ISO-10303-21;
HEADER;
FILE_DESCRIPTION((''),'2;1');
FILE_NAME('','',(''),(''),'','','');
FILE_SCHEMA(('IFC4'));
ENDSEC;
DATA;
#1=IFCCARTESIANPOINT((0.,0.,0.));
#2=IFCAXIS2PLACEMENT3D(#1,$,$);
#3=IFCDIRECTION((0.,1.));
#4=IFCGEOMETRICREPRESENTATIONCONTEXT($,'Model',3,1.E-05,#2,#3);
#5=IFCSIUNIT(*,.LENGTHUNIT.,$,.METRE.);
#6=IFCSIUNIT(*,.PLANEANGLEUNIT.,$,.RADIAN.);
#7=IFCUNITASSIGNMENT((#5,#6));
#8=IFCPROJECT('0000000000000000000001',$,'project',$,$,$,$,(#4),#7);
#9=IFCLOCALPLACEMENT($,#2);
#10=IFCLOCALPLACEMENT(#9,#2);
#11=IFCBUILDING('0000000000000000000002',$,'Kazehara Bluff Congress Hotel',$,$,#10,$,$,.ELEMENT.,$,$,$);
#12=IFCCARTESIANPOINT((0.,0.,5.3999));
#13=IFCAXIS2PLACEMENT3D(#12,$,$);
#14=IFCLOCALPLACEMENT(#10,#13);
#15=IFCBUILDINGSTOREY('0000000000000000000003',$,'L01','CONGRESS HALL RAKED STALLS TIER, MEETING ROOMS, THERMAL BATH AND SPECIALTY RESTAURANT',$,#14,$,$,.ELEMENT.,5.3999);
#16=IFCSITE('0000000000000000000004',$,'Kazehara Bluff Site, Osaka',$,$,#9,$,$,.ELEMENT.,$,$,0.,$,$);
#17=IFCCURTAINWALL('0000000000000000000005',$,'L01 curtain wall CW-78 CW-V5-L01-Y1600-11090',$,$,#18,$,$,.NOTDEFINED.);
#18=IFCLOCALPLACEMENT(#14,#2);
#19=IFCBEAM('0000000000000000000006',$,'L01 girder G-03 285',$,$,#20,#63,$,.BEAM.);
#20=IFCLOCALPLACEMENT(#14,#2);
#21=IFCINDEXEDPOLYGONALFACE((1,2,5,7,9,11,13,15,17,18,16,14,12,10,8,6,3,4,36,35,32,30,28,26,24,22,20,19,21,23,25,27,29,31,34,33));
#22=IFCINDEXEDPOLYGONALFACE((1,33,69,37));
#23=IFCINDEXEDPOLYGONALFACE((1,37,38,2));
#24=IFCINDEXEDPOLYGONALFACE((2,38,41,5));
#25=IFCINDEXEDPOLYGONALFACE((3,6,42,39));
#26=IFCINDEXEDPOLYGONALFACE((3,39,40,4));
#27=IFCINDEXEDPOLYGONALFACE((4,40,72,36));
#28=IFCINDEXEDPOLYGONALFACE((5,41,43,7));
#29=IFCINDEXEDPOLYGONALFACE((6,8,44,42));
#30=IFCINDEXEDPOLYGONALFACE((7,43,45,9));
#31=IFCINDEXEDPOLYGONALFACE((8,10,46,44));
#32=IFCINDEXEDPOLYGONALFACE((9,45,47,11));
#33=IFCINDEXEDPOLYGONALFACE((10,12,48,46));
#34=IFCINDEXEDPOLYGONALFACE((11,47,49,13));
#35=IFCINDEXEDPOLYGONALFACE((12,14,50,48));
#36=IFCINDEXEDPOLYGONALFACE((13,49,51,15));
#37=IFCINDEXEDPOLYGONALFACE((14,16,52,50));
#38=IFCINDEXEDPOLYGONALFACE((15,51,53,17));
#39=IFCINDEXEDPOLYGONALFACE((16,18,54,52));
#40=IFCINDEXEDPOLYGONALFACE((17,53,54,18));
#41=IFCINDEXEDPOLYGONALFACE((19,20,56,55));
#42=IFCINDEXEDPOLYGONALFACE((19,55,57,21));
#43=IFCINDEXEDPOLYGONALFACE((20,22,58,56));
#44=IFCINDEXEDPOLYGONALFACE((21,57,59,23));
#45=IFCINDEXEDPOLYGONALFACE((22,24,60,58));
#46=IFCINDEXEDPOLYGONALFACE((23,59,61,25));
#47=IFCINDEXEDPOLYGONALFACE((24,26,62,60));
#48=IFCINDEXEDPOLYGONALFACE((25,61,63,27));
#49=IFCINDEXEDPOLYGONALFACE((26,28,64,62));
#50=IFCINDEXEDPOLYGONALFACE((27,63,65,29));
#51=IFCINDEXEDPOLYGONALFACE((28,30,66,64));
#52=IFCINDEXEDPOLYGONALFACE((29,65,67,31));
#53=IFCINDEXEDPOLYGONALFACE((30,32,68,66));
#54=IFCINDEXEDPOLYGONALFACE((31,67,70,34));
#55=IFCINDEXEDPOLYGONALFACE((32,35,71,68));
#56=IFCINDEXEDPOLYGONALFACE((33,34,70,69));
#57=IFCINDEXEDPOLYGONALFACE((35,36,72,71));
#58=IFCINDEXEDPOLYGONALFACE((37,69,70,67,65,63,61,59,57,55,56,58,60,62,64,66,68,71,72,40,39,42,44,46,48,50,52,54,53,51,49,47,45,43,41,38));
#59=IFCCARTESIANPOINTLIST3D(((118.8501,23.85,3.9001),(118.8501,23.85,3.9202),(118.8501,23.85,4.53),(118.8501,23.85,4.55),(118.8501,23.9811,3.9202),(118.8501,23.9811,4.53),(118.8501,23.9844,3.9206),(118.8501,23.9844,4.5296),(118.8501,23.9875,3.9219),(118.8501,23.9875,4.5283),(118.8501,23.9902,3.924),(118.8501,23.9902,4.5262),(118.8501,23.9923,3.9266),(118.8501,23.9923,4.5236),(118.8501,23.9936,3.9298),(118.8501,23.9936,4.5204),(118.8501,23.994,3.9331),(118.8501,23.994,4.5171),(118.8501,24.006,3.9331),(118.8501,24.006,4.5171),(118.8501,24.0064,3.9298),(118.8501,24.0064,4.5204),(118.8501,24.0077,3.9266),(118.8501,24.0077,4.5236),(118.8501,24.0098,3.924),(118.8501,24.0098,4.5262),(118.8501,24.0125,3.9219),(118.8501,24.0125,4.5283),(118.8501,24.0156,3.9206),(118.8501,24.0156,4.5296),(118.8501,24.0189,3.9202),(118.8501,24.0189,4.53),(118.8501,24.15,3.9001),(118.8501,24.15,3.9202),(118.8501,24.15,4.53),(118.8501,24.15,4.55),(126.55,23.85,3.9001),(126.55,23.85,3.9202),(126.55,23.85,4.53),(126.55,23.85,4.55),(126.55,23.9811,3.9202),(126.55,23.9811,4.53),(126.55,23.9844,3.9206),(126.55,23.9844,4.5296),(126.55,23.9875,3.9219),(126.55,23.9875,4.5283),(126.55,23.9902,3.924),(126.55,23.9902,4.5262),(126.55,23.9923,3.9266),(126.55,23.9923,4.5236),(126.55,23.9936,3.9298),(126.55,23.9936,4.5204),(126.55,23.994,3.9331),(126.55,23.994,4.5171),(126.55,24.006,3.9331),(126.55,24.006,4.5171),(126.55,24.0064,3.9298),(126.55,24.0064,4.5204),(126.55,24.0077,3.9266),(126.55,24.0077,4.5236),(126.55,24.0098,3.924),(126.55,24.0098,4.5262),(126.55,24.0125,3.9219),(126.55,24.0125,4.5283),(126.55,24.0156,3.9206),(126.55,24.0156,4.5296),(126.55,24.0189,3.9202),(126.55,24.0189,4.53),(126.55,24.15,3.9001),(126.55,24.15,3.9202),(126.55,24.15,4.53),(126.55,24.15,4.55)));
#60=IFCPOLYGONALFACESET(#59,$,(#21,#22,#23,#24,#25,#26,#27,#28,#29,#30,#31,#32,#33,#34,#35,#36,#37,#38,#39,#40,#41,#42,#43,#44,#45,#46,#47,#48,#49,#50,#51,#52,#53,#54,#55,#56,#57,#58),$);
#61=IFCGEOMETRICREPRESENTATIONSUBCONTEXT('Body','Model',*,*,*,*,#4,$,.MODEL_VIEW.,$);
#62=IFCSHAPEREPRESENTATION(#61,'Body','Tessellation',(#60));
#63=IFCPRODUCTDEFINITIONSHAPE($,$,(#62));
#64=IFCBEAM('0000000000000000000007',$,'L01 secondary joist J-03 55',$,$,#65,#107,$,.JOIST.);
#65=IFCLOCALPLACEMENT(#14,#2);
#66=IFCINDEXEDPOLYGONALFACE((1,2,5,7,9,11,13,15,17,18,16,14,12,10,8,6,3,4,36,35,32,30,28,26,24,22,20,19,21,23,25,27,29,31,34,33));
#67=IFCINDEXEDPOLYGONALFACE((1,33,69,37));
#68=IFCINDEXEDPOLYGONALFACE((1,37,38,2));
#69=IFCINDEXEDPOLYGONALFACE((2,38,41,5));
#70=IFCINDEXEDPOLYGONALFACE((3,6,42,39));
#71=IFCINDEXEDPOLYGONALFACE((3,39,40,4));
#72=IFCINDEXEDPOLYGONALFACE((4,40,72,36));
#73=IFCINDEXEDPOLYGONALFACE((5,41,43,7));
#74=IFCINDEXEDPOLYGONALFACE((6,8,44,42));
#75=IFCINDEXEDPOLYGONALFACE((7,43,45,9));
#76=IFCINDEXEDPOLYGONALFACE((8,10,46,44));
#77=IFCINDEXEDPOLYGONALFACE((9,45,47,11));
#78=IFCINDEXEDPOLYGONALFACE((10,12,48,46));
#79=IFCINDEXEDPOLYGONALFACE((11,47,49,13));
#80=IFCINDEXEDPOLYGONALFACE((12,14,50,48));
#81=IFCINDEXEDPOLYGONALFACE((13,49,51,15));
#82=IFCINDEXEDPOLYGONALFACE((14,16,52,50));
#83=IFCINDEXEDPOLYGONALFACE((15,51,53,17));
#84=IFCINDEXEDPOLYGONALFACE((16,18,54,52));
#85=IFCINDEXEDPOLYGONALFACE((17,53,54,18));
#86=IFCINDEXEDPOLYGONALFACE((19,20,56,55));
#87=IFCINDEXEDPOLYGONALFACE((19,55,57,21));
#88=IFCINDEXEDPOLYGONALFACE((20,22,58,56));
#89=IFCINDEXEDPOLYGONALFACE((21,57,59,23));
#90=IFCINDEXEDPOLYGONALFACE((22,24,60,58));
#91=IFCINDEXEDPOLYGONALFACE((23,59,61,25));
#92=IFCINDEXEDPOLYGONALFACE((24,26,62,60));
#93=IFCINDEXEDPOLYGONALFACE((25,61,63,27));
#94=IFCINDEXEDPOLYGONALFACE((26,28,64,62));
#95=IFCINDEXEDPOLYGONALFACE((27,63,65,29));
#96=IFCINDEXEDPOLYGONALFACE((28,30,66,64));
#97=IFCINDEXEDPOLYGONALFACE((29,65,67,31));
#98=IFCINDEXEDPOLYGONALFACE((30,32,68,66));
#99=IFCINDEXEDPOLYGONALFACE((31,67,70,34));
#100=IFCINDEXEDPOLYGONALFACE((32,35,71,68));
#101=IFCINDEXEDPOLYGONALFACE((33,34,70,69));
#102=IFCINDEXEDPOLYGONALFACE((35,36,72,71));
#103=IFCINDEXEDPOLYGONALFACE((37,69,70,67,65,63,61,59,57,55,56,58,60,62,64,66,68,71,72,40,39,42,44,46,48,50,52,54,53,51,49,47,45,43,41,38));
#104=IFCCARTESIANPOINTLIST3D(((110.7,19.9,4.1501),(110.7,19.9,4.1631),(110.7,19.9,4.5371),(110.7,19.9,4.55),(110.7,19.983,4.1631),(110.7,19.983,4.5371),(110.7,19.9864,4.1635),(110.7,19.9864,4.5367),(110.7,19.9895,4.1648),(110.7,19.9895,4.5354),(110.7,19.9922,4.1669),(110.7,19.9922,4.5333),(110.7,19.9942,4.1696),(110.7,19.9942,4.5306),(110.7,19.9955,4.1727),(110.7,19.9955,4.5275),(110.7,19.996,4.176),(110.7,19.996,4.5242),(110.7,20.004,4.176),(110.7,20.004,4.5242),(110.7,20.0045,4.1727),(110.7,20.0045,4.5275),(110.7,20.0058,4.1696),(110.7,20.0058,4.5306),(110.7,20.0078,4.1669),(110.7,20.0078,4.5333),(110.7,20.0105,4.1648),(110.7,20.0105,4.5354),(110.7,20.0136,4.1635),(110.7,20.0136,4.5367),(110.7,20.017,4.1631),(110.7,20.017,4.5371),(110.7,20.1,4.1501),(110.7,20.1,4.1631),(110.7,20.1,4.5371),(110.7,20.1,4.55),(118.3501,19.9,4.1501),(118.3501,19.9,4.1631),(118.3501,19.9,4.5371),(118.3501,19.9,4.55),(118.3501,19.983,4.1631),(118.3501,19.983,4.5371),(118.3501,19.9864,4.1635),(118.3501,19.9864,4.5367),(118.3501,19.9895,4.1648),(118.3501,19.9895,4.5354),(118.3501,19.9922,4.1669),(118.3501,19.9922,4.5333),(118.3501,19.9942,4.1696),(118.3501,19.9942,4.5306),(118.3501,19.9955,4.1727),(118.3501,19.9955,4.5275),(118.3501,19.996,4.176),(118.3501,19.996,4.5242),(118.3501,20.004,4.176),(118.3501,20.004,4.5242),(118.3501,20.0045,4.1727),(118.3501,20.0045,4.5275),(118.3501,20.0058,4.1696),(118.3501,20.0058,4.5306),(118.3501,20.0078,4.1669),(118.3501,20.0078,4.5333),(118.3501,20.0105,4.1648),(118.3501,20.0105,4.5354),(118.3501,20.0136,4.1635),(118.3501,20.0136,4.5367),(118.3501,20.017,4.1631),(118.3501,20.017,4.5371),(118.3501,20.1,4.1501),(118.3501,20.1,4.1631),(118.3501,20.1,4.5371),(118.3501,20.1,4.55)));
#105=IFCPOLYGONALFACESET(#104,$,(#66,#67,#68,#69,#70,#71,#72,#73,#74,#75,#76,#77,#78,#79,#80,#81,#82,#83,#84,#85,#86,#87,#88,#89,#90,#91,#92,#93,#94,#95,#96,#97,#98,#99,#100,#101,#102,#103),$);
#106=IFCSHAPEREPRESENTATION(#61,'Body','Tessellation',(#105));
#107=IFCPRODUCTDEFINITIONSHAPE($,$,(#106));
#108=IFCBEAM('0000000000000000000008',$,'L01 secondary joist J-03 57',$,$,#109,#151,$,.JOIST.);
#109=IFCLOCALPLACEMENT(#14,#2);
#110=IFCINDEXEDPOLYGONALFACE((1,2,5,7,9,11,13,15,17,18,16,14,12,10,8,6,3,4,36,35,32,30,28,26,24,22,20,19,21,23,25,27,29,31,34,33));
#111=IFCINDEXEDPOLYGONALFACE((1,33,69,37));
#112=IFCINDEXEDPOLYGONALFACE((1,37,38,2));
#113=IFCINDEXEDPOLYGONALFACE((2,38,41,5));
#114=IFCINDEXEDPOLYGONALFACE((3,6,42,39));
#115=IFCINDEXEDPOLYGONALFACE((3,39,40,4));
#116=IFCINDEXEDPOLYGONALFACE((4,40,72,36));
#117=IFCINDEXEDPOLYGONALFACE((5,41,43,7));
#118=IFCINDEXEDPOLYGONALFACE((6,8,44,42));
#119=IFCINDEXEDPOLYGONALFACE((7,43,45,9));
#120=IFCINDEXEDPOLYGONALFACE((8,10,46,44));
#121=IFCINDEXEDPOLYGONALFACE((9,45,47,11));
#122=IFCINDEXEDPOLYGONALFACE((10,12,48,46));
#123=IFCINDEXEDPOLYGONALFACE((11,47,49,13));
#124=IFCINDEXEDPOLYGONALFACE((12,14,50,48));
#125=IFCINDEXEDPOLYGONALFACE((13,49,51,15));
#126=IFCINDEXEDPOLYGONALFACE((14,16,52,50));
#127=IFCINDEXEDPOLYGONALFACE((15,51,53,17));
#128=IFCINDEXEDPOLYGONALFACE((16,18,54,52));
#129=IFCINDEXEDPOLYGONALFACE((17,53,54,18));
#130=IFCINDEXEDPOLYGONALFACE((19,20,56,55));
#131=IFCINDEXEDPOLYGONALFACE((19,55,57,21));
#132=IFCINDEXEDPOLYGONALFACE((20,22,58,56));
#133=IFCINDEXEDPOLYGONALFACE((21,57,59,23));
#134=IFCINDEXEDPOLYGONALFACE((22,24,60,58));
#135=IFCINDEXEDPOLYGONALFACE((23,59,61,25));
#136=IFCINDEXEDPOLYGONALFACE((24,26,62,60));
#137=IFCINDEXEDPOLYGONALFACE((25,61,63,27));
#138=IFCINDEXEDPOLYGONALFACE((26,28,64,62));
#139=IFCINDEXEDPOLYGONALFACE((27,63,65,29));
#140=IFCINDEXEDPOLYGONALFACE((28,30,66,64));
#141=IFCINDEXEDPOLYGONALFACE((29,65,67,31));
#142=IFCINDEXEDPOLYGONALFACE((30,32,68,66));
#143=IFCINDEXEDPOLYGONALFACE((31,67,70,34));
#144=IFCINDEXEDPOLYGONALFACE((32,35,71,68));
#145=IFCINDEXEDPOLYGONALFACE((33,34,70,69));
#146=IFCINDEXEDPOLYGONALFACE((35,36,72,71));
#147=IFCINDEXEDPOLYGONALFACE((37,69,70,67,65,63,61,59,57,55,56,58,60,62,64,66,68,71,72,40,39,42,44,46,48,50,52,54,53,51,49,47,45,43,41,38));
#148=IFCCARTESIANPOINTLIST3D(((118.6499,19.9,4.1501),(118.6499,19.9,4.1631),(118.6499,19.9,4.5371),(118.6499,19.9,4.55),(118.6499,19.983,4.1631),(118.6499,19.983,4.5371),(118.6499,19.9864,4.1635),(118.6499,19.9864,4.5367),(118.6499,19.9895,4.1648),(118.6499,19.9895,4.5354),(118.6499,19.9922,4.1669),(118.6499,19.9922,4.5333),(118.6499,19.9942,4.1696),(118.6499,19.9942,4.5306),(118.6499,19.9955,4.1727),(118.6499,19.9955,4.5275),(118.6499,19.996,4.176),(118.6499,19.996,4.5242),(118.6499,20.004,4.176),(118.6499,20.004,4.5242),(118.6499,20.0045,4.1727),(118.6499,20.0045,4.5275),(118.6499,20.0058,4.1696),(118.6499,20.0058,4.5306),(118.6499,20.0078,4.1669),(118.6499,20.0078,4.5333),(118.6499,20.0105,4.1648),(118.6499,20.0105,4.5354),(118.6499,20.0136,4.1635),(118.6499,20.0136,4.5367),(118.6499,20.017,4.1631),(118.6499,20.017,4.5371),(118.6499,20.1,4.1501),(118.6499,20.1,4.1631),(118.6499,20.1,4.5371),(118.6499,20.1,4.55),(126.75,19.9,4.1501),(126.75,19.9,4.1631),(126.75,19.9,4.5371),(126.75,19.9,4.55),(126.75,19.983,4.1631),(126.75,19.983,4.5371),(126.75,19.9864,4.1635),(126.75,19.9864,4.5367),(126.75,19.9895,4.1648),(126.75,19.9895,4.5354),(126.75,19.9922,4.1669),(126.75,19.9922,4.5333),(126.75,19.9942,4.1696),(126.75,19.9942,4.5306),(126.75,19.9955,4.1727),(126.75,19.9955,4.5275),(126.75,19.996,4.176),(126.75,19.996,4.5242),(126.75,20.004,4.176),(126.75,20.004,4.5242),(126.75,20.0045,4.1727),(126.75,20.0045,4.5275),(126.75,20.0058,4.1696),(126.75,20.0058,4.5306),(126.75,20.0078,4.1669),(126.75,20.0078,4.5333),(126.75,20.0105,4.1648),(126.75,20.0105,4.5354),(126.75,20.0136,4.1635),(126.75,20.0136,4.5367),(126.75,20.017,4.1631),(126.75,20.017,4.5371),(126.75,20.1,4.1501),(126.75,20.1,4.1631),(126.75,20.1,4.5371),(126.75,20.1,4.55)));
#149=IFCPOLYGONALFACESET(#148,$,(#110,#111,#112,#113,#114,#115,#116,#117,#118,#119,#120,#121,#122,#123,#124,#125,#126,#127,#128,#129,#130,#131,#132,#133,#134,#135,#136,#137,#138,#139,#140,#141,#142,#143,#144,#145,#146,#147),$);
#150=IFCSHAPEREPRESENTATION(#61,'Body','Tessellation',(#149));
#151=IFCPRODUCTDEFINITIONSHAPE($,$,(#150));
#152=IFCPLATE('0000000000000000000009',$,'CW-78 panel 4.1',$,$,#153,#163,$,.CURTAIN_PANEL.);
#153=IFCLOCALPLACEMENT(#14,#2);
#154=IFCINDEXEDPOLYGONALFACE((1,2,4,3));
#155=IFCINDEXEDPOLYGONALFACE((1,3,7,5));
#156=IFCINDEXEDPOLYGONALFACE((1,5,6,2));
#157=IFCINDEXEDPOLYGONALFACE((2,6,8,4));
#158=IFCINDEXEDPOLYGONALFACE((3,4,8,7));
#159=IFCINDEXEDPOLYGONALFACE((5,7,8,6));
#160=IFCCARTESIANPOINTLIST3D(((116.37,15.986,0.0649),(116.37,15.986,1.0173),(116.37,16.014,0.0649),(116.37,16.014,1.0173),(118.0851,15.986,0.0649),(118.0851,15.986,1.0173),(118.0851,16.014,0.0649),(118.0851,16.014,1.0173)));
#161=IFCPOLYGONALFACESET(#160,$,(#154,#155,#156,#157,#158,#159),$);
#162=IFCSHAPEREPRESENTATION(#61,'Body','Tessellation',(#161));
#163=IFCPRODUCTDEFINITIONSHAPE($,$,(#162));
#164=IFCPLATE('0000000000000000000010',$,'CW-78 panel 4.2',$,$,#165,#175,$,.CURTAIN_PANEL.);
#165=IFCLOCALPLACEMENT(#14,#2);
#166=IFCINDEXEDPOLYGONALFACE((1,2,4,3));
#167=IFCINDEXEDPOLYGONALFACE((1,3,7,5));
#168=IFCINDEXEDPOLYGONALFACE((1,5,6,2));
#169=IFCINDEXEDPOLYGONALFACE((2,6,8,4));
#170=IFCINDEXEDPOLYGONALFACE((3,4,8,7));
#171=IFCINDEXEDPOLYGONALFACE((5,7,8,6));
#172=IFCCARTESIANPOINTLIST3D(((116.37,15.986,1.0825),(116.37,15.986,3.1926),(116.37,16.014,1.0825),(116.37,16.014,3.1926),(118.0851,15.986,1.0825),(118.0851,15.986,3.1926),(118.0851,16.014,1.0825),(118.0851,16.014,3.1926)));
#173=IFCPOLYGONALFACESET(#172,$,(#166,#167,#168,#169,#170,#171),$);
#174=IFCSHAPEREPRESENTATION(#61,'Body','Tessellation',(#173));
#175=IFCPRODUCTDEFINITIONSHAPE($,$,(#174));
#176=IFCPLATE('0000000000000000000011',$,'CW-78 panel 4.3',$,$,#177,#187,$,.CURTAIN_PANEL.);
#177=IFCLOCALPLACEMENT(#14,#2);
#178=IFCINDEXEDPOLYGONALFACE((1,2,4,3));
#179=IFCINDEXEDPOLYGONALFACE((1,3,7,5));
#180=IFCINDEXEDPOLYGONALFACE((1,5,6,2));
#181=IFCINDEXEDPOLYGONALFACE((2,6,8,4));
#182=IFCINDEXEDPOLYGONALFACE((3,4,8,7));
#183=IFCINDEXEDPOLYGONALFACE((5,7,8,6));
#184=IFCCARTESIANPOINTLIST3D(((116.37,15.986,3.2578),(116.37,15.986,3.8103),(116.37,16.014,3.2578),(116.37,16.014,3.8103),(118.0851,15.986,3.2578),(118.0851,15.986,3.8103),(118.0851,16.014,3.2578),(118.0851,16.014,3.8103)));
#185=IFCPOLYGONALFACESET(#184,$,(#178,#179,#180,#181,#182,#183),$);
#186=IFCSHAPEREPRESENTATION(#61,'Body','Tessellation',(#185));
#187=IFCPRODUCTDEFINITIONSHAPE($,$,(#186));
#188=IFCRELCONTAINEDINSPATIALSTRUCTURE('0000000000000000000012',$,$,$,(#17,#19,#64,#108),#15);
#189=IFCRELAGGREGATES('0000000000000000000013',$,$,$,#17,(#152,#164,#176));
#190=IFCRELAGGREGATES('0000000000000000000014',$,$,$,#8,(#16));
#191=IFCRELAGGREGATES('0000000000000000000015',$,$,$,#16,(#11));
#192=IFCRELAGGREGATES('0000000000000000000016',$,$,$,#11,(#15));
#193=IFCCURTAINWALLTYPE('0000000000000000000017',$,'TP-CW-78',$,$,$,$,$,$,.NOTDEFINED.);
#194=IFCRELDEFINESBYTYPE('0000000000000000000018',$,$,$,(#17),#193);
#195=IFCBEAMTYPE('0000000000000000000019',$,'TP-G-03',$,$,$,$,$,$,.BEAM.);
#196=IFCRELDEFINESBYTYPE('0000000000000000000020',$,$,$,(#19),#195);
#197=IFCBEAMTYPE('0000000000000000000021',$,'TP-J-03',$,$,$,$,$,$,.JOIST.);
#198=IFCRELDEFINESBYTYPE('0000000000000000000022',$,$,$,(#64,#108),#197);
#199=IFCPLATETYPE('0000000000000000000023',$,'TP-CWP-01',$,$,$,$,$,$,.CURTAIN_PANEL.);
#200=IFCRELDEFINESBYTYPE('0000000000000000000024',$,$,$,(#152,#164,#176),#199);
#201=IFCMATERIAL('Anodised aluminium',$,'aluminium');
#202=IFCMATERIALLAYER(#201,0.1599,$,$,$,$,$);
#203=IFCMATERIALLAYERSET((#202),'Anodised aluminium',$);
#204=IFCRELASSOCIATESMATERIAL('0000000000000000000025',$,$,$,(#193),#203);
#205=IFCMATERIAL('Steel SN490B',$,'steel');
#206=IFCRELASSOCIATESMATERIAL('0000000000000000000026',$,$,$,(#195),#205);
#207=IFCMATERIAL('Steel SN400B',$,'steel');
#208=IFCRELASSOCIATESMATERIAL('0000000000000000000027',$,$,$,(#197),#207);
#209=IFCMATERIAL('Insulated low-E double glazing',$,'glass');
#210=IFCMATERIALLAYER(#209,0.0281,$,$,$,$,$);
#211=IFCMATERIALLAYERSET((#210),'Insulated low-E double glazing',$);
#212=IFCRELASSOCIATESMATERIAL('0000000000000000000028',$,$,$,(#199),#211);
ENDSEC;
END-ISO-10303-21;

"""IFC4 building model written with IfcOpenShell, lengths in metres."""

from ifc_helpers import new_model, si_unit, direction, frame, origin, origin_2d, place, context, subcontext, project, spatial, rectangle, i_section, extrude, material, layer, layer_set, material_profile, profile_set, type_object, element, aggregate, save


model = new_model("IFC4")

# Units and contexts
model_context = context("Model", 3, precision=1e-05, world=origin(), true_north=direction((0.0, 1.0)))
body_context = subcontext(model_context, "Body", "Model", "MODEL_VIEW")
ifc_project = project(units=[si_unit("LENGTHUNIT", "METRE"), si_unit("PLANEANGLEUNIT", "RADIAN")], contexts=[model_context])

# Site, building, storey
site_placement = place(None, origin())
site = spatial("IfcSite", under=ifc_project, at=site_placement, Name="Kazehara Bluff Site, Osaka", CompositionType="ELEMENT", RefElevation=0.0)
building_placement = place(site_placement, origin())
building = spatial("IfcBuilding", under=site, at=building_placement, Name="Kazehara Bluff Congress Hotel", CompositionType="ELEMENT")
storey_placement = place(building_placement, frame((0.0, 0.0, 5.3999)))
storey = spatial("IfcBuildingStorey", under=building, at=storey_placement, Name="L01", Description="CONGRESS HALL RAKED STALLS TIER, MEETING ROOMS, THERMAL BATH AND SPECIALTY RESTAURANT", CompositionType="ELEMENT", Elevation=5.3999)

# Curtain wall
ifc_material_1 = material(Name="Anodised aluminium", Category="aluminium")
ifc_layer_1 = layer(ifc_material_1, 0.1599)
ifc_layer_set_1 = layer_set([ifc_layer_1], Name="Anodised aluminium")
curtain_wall_type_1 = type_object("IfcCurtainWallType", Name="TP-CW-78", PredefinedType="NOTDEFINED", material=ifc_layer_set_1)
curtain_wall_1_placement = place(storey_placement, origin())
curtain_wall_1 = element("IfcCurtainWall", 1, at=curtain_wall_1_placement, inside=storey, type_object=curtain_wall_type_1, Name="L01 curtain wall CW-78 CW-V5-L01-Y1600-11090", PredefinedType="NOTDEFINED")

# Beams
ifc_material_2 = material(Name="Steel SN490B", Category="steel")
ifc_material_profile_1 = material_profile(ifc_material_2, i_section(OverallWidth=0.3, OverallDepth=0.6499, WebThickness=0.012, FlangeThickness=0.02, FilletRadius=0.0129, at=origin_2d()))
ifc_profile_set_1 = profile_set([ifc_material_profile_1], Name="Steel SN490B")
beam_type_1 = type_object("IfcBeamType", Name="TP-G-03", PredefinedType="BEAM", material=ifc_profile_set_1)
beam_1_placement = place(storey_placement, frame((118.8501, 24.0, 4.2251), z_axis=(1.0, 0.0, 0.0), x_axis=(0.0, 1.0, 0.0)))
element("IfcBeam", 2, at=beam_1_placement, inside=storey, type_object=beam_type_1, Name="L01 girder G-03 285", PredefinedType="BEAM", context=body_context, shape_type="SweptSolid", body=[
    extrude(i_section(OverallWidth=0.3, OverallDepth=0.6499, WebThickness=0.012, FlangeThickness=0.02, FilletRadius=0.0129, at=origin_2d()), origin(), (0.0, 0.0, 1.0), 7.7),
])
ifc_material_3 = material(Name="Steel SN400B", Category="steel")
ifc_material_profile_2 = material_profile(ifc_material_3, i_section(OverallWidth=0.2, OverallDepth=0.3999, WebThickness=0.0081, FlangeThickness=0.0129, FilletRadius=0.0129, at=origin_2d()))
ifc_profile_set_2 = profile_set([ifc_material_profile_2], Name="Steel SN400B")
beam_type_2 = type_object("IfcBeamType", Name="TP-J-03", PredefinedType="JOIST", material=ifc_profile_set_2)
beam_2_placement = place(storey_placement, frame((110.7, 20.0, 4.3501), z_axis=(1.0, 0.0, 0.0), x_axis=(0.0, 1.0, 0.0)))
element("IfcBeam", 3, at=beam_2_placement, inside=storey, type_object=beam_type_2, Name="L01 secondary joist J-03 55", PredefinedType="JOIST", context=body_context, shape_type="SweptSolid", body=[
    extrude(i_section(OverallWidth=0.2, OverallDepth=0.3999, WebThickness=0.0081, FlangeThickness=0.0129, FilletRadius=0.0129, at=origin_2d()), origin(), (0.0, 0.0, 1.0), 7.6501),
])
beam_3_placement = place(storey_placement, frame((118.6499, 20.0, 4.3501), z_axis=(1.0, 0.0, 0.0), x_axis=(0.0, 1.0, 0.0)))
element("IfcBeam", 4, at=beam_3_placement, inside=storey, type_object=beam_type_2, Name="L01 secondary joist J-03 57", PredefinedType="JOIST", context=body_context, shape_type="SweptSolid", body=[
    extrude(i_section(OverallWidth=0.2, OverallDepth=0.3999, WebThickness=0.0081, FlangeThickness=0.0129, FilletRadius=0.0129, at=origin_2d()), origin(), (0.0, 0.0, 1.0), 8.1001),
])

# Plates
ifc_material_4 = material(Name="Insulated low-E double glazing", Category="glass")
ifc_layer_2 = layer(ifc_material_4, 0.0281)
ifc_layer_set_2 = layer_set([ifc_layer_2], Name="Insulated low-E double glazing")
plate_type = type_object("IfcPlateType", Name="TP-CWP-01", PredefinedType="CURTAIN_PANEL", material=ifc_layer_set_2)
plate_1_placement = place(storey_placement, frame((117.2275, 16.0, 0.0649), z_axis=(0.0, 0.0, 1.0), x_axis=(1.0, 0.0, 0.0)))
plate_1 = element("IfcPlate", 5, at=plate_1_placement, type_object=plate_type, Name="CW-78 panel 4.1", PredefinedType="CURTAIN_PANEL", context=body_context, shape_type="SweptSolid", body=[
    extrude(rectangle(XDim=1.7151, YDim=0.0281, at=origin_2d()), origin(), (0.0, 0.0, 1.0), 0.9524),
])
plate_2_placement = place(storey_placement, frame((117.2275, 16.0, 1.0825), z_axis=(0.0, 0.0, 1.0), x_axis=(1.0, 0.0, 0.0)))
plate_2 = element("IfcPlate", 6, at=plate_2_placement, type_object=plate_type, Name="CW-78 panel 4.2", PredefinedType="CURTAIN_PANEL", context=body_context, shape_type="SweptSolid", body=[
    extrude(rectangle(XDim=1.7151, YDim=0.0281, at=origin_2d()), origin(), (0.0, 0.0, 1.0), 2.1101),
])
plate_3_placement = place(storey_placement, frame((117.2275, 16.0, 3.2578), z_axis=(0.0, 0.0, 1.0), x_axis=(1.0, 0.0, 0.0)))
plate_3 = element("IfcPlate", 7, at=plate_3_placement, type_object=plate_type, Name="CW-78 panel 4.3", PredefinedType="CURTAIN_PANEL", context=body_context, shape_type="SweptSolid", body=[
    extrude(rectangle(XDim=1.7151, YDim=0.0281, at=origin_2d()), origin(), (0.0, 0.0, 1.0), 0.5525),
])
aggregate(curtain_wall_1, [plate_1, plate_2, plate_3])

save(model, "model.ifc")
